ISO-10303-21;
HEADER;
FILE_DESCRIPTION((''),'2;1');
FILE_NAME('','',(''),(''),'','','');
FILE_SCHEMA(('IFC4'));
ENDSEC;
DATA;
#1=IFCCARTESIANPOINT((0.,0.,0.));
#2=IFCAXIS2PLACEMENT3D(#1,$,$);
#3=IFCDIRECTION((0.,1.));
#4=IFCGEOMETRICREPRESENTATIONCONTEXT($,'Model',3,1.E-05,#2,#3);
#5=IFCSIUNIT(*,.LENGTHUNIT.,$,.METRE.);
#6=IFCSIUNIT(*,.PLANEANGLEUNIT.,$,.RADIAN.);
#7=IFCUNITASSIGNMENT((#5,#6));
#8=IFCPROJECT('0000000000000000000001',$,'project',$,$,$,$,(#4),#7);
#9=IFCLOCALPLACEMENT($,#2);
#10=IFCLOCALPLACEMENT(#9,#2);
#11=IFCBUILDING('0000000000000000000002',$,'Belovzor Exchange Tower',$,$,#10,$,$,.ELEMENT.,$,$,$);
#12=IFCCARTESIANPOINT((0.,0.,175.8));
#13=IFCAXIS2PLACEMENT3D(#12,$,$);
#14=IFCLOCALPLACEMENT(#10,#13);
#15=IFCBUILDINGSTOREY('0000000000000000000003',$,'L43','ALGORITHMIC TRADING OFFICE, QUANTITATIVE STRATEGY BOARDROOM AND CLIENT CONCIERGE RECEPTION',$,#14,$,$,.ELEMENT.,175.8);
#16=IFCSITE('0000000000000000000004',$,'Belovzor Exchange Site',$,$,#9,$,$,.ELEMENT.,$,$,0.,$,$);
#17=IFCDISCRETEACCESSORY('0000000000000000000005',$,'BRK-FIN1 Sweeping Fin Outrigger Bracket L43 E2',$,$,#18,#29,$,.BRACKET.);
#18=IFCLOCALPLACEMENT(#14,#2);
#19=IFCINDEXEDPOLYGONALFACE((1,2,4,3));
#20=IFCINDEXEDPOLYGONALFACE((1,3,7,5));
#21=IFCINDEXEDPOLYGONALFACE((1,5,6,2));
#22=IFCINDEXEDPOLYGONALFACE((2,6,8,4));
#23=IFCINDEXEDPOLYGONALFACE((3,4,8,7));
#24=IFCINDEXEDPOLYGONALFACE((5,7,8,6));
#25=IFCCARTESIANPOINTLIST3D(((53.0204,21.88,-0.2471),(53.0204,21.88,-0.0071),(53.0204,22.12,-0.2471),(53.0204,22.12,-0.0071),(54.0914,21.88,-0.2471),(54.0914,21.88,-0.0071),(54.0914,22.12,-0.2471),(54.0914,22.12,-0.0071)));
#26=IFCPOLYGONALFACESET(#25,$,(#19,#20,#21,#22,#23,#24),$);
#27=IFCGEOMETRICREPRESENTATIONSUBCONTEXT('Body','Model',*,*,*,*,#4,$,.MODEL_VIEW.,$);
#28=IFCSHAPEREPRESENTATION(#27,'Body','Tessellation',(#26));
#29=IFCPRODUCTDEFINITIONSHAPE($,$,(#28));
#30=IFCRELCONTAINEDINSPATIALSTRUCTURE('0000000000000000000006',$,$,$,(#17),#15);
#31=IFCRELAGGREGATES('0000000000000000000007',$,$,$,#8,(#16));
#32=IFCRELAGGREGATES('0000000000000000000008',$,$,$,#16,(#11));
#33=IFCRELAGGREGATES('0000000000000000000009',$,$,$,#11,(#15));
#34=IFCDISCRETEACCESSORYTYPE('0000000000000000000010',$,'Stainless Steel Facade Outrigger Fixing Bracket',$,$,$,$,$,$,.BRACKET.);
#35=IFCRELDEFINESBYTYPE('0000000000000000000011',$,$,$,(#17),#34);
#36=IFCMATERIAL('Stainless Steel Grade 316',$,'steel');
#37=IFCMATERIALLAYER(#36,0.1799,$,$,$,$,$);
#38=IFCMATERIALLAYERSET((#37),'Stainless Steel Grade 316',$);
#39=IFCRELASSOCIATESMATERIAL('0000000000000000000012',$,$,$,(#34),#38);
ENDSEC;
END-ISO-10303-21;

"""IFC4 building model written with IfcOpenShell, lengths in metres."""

from ifc_helpers import new_model, si_unit, direction, frame, origin, origin_2d, place, context, subcontext, project, spatial, rectangle, extrude, material, layer, layer_set, type_object, element, save


model = new_model("IFC4")

# Units and contexts
model_context = context("Model", 3, precision=1e-05, world=origin(), true_north=direction((0.0, 1.0)))
body_context = subcontext(model_context, "Body", "Model", "MODEL_VIEW")
ifc_project = project(units=[si_unit("LENGTHUNIT", "METRE"), si_unit("PLANEANGLEUNIT", "RADIAN")], contexts=[model_context])

# Site, building, storey
site_placement = place(None, origin())
site = spatial("IfcSite", under=ifc_project, at=site_placement, Name="Belovzor Exchange Site", CompositionType="ELEMENT", RefElevation=0.0)
building_placement = place(site_placement, origin())
building = spatial("IfcBuilding", under=site, at=building_placement, Name="Belovzor Exchange Tower", CompositionType="ELEMENT")
storey_placement = place(building_placement, frame((0.0, 0.0, 175.8)))
storey = spatial("IfcBuildingStorey", under=building, at=storey_placement, Name="L43", Description="ALGORITHMIC TRADING OFFICE, QUANTITATIVE STRATEGY BOARDROOM AND CLIENT CONCIERGE RECEPTION", CompositionType="ELEMENT", Elevation=175.8)

# Discrete accessory
ifc_material_1 = material(Name="Stainless Steel Grade 316", Category="steel")
ifc_layer_1 = layer(ifc_material_1, 0.1799)
ifc_layer_set_1 = layer_set([ifc_layer_1], Name="Stainless Steel Grade 316")
discrete_accessory_type = type_object("IfcDiscreteAccessoryType", Name="Stainless Steel Facade Outrigger Fixing Bracket", PredefinedType="BRACKET", material=ifc_layer_set_1)
discrete_accessory_placement = place(storey_placement, frame((53.5559, 22.0, -0.2471), z_axis=(0.0, 0.0, 1.0), x_axis=(1.0, 0.0, 0.0)))
element("IfcDiscreteAccessory", 1, at=discrete_accessory_placement, inside=storey, type_object=discrete_accessory_type, Name="BRK-FIN1 Sweeping Fin Outrigger Bracket L43 E2", PredefinedType="BRACKET", context=body_context, shape_type="SweptSolid", body=[
    extrude(rectangle(XDim=1.071, YDim=0.24, at=origin_2d()), origin(), (0.0, 0.0, 1.0), 0.24),
])

save(model, "model.ifc")
